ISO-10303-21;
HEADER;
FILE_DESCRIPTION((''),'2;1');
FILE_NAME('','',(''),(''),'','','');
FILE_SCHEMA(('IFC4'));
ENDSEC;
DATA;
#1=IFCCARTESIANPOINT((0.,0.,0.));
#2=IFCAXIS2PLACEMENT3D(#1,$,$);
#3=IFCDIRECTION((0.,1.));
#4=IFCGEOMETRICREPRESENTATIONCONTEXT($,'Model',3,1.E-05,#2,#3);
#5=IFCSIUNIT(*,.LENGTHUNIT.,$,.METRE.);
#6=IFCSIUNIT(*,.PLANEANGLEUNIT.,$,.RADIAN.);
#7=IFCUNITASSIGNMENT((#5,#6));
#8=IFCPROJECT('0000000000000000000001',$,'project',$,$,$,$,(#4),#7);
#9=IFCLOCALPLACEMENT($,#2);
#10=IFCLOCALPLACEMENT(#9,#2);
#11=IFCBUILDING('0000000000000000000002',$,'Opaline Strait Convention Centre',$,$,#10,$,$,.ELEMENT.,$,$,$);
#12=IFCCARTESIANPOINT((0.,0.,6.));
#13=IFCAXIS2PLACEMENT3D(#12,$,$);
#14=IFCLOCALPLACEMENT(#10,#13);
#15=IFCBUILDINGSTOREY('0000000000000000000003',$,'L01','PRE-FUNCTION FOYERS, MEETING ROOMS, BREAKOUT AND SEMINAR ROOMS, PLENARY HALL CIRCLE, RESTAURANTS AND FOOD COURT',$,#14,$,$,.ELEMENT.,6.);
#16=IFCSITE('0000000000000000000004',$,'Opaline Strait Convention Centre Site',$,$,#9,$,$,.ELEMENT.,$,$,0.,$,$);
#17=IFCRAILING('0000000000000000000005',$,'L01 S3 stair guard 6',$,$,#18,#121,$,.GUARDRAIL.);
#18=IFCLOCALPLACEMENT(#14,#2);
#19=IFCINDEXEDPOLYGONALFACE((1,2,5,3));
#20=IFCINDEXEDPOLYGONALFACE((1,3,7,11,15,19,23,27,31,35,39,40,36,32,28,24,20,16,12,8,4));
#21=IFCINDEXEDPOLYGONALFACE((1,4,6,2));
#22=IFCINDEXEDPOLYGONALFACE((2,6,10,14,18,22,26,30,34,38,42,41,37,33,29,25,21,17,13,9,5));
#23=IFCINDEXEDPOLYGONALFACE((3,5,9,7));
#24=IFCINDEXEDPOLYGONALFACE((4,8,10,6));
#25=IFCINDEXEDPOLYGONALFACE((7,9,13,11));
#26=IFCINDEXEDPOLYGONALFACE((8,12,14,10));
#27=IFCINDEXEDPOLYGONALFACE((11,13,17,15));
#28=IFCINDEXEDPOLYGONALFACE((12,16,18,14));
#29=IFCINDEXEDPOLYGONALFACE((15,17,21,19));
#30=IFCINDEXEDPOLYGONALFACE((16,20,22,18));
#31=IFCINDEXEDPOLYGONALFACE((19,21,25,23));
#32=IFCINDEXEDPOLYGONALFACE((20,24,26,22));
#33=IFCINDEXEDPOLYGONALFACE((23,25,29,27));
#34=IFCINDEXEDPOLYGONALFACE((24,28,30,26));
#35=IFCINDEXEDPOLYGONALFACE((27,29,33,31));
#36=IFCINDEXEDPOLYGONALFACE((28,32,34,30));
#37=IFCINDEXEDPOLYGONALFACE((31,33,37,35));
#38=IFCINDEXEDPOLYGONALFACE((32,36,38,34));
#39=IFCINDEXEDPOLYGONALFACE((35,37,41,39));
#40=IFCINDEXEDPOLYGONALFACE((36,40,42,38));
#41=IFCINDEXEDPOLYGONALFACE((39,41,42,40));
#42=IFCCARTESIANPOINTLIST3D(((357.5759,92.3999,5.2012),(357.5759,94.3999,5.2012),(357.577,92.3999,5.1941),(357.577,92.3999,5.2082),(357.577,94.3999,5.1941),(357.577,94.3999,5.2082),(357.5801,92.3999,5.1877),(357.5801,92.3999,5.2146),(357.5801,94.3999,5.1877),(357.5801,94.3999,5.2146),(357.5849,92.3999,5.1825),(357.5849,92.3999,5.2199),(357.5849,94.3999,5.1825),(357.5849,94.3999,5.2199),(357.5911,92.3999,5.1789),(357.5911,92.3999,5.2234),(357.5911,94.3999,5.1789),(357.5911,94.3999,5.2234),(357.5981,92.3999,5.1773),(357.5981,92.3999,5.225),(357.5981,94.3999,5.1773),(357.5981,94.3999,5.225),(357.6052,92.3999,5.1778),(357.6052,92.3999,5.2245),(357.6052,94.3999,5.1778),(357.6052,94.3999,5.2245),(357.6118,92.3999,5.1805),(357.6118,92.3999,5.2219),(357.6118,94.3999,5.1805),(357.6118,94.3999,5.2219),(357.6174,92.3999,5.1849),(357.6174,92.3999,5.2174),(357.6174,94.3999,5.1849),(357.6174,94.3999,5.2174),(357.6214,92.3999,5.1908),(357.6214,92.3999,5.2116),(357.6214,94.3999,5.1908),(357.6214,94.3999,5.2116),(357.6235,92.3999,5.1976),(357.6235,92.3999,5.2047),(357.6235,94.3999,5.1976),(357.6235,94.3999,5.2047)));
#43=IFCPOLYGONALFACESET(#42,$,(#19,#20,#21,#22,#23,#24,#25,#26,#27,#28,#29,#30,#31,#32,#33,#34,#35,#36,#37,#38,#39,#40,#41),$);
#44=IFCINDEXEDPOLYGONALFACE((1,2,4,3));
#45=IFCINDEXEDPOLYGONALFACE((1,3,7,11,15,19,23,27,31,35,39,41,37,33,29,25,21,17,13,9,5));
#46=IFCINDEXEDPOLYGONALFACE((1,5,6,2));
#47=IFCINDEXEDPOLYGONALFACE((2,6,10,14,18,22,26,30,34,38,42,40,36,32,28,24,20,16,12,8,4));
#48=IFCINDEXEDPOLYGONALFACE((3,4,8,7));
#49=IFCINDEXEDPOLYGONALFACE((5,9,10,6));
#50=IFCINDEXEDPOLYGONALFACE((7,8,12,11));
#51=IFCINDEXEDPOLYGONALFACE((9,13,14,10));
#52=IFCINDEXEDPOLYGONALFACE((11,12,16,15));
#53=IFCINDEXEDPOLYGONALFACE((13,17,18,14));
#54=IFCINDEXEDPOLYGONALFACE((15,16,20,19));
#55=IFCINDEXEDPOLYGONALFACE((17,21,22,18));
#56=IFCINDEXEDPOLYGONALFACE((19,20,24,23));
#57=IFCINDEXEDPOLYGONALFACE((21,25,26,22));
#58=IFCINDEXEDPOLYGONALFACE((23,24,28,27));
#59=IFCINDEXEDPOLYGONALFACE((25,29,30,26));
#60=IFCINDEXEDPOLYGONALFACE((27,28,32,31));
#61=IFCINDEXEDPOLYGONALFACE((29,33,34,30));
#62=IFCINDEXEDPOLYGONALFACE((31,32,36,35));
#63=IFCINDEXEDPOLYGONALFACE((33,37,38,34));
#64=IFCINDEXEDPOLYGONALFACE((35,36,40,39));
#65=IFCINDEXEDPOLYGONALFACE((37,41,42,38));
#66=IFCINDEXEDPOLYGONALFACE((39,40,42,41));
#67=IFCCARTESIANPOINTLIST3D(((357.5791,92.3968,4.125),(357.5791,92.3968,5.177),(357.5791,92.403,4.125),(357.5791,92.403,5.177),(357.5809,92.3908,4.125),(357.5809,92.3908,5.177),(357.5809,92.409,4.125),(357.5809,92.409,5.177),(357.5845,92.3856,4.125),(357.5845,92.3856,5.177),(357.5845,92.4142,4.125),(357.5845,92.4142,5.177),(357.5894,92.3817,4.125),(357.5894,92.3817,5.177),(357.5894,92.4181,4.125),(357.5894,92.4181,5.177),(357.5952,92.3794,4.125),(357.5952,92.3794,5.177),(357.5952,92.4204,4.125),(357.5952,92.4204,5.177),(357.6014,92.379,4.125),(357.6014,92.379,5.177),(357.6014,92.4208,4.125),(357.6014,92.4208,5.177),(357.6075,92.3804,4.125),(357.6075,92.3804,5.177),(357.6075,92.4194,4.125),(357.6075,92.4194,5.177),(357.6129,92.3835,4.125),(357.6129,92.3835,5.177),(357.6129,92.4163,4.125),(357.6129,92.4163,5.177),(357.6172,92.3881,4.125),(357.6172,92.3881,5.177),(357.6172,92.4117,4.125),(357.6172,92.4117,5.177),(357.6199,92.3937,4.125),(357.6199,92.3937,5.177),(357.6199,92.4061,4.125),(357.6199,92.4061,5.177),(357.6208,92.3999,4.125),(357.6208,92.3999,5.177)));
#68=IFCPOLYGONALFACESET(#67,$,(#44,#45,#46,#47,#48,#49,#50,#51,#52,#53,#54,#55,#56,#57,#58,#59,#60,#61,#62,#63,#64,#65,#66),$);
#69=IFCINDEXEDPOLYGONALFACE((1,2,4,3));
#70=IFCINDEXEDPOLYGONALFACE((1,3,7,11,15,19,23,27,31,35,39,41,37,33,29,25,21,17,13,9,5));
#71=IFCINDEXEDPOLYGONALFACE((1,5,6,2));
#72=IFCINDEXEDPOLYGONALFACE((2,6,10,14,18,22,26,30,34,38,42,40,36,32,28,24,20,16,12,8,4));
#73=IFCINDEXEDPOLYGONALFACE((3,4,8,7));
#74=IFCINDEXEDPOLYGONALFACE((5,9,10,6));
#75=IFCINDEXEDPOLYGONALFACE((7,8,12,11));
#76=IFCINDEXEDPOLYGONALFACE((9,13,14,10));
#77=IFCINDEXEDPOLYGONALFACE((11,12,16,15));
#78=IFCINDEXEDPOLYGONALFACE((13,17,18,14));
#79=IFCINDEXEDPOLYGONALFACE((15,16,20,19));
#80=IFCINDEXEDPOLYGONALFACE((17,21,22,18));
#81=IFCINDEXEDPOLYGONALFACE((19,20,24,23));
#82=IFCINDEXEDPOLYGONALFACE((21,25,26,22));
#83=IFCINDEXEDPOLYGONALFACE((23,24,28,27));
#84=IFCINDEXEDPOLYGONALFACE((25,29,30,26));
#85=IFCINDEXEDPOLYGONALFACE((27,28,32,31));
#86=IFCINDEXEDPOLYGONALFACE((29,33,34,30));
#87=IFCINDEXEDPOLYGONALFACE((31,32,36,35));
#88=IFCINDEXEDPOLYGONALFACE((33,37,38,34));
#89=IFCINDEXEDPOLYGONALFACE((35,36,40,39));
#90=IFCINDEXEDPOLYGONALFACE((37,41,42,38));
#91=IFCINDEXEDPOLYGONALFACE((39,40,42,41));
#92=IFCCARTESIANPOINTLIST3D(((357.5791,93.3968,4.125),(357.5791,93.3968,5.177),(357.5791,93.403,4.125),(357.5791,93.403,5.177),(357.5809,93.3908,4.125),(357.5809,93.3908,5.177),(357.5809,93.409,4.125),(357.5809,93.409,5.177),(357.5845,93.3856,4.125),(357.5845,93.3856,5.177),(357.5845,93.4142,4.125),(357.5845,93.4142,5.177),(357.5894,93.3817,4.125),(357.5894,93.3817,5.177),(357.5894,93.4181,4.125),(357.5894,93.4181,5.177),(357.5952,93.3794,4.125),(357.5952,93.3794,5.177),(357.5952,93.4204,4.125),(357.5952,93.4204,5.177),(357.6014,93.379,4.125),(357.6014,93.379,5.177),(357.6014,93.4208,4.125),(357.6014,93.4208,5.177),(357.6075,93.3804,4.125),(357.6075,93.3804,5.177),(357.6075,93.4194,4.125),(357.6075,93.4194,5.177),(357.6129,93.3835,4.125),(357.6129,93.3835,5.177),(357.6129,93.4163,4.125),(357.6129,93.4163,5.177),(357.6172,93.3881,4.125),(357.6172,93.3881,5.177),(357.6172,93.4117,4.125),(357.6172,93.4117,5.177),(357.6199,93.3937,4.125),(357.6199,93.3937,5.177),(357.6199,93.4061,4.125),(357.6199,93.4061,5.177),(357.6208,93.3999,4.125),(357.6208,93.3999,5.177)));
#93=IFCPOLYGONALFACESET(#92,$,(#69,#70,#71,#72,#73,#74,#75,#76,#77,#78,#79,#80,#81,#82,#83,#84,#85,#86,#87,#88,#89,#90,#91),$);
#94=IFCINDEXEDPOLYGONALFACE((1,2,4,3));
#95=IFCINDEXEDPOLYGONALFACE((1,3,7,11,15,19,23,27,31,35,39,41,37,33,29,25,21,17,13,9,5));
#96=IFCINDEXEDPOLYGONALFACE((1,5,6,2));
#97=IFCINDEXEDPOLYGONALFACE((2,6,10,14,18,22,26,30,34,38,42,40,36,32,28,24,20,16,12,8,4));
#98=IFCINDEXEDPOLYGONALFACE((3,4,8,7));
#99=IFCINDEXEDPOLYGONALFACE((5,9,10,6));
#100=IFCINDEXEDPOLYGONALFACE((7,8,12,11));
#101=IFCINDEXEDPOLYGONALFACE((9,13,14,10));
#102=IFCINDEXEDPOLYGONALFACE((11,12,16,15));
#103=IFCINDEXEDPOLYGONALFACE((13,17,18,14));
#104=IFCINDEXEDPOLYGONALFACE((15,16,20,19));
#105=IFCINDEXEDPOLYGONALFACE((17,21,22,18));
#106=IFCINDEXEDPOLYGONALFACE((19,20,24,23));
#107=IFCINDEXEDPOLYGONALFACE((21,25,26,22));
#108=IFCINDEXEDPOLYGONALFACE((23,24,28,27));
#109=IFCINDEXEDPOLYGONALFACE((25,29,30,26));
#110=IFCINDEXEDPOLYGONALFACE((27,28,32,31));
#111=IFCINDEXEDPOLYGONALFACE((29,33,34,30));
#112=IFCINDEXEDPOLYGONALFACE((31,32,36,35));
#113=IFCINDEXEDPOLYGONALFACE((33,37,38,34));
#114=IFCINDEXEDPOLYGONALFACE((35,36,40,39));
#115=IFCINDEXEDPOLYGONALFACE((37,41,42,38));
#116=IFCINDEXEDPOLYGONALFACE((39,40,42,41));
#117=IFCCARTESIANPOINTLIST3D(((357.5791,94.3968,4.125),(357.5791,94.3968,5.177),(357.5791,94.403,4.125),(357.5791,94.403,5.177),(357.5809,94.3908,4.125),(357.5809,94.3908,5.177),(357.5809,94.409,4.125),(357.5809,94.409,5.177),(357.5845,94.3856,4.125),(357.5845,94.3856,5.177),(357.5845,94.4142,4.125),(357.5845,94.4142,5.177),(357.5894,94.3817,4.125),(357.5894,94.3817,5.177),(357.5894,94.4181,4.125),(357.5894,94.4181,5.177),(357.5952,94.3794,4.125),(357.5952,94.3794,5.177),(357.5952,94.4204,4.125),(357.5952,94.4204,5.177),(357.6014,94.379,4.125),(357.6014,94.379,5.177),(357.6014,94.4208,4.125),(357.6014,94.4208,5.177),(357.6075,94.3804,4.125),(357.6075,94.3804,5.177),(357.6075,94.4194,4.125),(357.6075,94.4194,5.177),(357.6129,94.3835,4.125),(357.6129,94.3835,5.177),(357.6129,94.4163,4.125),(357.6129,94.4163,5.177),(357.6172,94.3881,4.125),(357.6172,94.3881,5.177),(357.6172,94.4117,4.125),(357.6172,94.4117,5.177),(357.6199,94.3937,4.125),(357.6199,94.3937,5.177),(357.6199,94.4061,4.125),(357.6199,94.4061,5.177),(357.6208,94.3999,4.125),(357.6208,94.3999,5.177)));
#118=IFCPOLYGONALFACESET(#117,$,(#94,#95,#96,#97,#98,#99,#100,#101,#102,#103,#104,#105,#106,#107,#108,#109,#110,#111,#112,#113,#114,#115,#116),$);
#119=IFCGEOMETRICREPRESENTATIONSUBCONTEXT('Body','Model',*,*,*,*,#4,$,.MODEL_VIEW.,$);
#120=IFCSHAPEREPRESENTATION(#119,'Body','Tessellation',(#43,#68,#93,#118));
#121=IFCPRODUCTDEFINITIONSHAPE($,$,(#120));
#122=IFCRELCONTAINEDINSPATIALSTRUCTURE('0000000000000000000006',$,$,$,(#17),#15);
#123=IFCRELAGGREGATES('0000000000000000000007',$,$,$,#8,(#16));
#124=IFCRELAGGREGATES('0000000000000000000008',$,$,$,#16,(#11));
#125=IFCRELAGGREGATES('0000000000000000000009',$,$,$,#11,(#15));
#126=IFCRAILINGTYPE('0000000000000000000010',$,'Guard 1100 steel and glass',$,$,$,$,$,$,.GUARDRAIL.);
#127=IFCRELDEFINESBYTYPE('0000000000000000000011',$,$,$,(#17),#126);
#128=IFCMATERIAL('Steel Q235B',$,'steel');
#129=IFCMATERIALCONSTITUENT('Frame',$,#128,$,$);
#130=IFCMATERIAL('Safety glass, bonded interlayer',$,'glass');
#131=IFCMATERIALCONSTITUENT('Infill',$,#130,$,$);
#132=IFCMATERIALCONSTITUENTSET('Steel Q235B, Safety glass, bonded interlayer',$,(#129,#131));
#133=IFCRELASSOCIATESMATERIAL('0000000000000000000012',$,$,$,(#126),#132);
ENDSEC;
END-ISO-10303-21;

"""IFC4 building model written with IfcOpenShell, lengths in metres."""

from ifc_helpers import new_model, si_unit, direction, frame, origin, origin_2d, place, context, subcontext, project, spatial, circle, extrude, material, constituent, constituent_set, type_object, element, save


model = new_model("IFC4")

# Units and contexts
model_context = context("Model", 3, precision=1e-05, world=origin(), true_north=direction((0.0, 1.0)))
body_context = subcontext(model_context, "Body", "Model", "MODEL_VIEW")
ifc_project = project(units=[si_unit("LENGTHUNIT", "METRE"), si_unit("PLANEANGLEUNIT", "RADIAN")], contexts=[model_context])

# Site, building, storey
site_placement = place(None, origin())
site = spatial("IfcSite", under=ifc_project, at=site_placement, Name="Opaline Strait Convention Centre Site", CompositionType="ELEMENT", RefElevation=0.0)
building_placement = place(site_placement, origin())
building = spatial("IfcBuilding", under=site, at=building_placement, Name="Opaline Strait Convention Centre", CompositionType="ELEMENT")
storey_placement = place(building_placement, frame((0.0, 0.0, 6.0)))
storey = spatial("IfcBuildingStorey", under=building, at=storey_placement, Name="L01", Description="PRE-FUNCTION FOYERS, MEETING ROOMS, BREAKOUT AND SEMINAR ROOMS, PLENARY HALL CIRCLE, RESTAURANTS AND FOOD COURT", CompositionType="ELEMENT", Elevation=6.0)

# Shared definitions
ifc_material_1 = material(Name="Steel Q235B", Category="steel")

# Railing
ifc_constituent_1 = constituent(ifc_material_1, Name="Frame")
ifc_material_2 = material(Name="Safety glass, bonded interlayer", Category="glass")
ifc_constituent_2 = constituent(ifc_material_2, Name="Infill")
ifc_constituent_set = constituent_set(constituents=[ifc_constituent_1, ifc_constituent_2], Name="Steel Q235B, Safety glass, bonded interlayer")
railing_type = type_object("IfcRailingType", Name="Guard 1100 steel and glass", PredefinedType="GUARDRAIL", material=ifc_constituent_set)
railing_1_placement = place(storey_placement, frame((357.5999, 92.3999, 4.125)))
element("IfcRailing", 1, at=railing_1_placement, inside=storey, type_object=railing_type, Name="L01 S3 stair guard 6", PredefinedType="GUARDRAIL", context=body_context, shape_type="SweptSolid", body=[
    extrude(circle(Radius=0.0239, at=origin_2d()), frame((0.0, 0.0, 1.0762), z_axis=(0.0, 1.0, 0.0), x_axis=(-1.0, 0.0, 0.0)), (0.0, 0.0, 1.0), 2.0),
    extrude(circle(Radius=0.021, at=origin_2d()), origin(), (0.0, 0.0, 1.0), 1.052),
    extrude(circle(Radius=0.021, at=origin_2d()), frame((0.0, 1.0, 0.0)), (0.0, 0.0, 1.0), 1.052),
    extrude(circle(Radius=0.021, at=origin_2d()), frame((0.0, 2.0, 0.0)), (0.0, 0.0, 1.0), 1.052),
])

save(model, "model.ifc")
